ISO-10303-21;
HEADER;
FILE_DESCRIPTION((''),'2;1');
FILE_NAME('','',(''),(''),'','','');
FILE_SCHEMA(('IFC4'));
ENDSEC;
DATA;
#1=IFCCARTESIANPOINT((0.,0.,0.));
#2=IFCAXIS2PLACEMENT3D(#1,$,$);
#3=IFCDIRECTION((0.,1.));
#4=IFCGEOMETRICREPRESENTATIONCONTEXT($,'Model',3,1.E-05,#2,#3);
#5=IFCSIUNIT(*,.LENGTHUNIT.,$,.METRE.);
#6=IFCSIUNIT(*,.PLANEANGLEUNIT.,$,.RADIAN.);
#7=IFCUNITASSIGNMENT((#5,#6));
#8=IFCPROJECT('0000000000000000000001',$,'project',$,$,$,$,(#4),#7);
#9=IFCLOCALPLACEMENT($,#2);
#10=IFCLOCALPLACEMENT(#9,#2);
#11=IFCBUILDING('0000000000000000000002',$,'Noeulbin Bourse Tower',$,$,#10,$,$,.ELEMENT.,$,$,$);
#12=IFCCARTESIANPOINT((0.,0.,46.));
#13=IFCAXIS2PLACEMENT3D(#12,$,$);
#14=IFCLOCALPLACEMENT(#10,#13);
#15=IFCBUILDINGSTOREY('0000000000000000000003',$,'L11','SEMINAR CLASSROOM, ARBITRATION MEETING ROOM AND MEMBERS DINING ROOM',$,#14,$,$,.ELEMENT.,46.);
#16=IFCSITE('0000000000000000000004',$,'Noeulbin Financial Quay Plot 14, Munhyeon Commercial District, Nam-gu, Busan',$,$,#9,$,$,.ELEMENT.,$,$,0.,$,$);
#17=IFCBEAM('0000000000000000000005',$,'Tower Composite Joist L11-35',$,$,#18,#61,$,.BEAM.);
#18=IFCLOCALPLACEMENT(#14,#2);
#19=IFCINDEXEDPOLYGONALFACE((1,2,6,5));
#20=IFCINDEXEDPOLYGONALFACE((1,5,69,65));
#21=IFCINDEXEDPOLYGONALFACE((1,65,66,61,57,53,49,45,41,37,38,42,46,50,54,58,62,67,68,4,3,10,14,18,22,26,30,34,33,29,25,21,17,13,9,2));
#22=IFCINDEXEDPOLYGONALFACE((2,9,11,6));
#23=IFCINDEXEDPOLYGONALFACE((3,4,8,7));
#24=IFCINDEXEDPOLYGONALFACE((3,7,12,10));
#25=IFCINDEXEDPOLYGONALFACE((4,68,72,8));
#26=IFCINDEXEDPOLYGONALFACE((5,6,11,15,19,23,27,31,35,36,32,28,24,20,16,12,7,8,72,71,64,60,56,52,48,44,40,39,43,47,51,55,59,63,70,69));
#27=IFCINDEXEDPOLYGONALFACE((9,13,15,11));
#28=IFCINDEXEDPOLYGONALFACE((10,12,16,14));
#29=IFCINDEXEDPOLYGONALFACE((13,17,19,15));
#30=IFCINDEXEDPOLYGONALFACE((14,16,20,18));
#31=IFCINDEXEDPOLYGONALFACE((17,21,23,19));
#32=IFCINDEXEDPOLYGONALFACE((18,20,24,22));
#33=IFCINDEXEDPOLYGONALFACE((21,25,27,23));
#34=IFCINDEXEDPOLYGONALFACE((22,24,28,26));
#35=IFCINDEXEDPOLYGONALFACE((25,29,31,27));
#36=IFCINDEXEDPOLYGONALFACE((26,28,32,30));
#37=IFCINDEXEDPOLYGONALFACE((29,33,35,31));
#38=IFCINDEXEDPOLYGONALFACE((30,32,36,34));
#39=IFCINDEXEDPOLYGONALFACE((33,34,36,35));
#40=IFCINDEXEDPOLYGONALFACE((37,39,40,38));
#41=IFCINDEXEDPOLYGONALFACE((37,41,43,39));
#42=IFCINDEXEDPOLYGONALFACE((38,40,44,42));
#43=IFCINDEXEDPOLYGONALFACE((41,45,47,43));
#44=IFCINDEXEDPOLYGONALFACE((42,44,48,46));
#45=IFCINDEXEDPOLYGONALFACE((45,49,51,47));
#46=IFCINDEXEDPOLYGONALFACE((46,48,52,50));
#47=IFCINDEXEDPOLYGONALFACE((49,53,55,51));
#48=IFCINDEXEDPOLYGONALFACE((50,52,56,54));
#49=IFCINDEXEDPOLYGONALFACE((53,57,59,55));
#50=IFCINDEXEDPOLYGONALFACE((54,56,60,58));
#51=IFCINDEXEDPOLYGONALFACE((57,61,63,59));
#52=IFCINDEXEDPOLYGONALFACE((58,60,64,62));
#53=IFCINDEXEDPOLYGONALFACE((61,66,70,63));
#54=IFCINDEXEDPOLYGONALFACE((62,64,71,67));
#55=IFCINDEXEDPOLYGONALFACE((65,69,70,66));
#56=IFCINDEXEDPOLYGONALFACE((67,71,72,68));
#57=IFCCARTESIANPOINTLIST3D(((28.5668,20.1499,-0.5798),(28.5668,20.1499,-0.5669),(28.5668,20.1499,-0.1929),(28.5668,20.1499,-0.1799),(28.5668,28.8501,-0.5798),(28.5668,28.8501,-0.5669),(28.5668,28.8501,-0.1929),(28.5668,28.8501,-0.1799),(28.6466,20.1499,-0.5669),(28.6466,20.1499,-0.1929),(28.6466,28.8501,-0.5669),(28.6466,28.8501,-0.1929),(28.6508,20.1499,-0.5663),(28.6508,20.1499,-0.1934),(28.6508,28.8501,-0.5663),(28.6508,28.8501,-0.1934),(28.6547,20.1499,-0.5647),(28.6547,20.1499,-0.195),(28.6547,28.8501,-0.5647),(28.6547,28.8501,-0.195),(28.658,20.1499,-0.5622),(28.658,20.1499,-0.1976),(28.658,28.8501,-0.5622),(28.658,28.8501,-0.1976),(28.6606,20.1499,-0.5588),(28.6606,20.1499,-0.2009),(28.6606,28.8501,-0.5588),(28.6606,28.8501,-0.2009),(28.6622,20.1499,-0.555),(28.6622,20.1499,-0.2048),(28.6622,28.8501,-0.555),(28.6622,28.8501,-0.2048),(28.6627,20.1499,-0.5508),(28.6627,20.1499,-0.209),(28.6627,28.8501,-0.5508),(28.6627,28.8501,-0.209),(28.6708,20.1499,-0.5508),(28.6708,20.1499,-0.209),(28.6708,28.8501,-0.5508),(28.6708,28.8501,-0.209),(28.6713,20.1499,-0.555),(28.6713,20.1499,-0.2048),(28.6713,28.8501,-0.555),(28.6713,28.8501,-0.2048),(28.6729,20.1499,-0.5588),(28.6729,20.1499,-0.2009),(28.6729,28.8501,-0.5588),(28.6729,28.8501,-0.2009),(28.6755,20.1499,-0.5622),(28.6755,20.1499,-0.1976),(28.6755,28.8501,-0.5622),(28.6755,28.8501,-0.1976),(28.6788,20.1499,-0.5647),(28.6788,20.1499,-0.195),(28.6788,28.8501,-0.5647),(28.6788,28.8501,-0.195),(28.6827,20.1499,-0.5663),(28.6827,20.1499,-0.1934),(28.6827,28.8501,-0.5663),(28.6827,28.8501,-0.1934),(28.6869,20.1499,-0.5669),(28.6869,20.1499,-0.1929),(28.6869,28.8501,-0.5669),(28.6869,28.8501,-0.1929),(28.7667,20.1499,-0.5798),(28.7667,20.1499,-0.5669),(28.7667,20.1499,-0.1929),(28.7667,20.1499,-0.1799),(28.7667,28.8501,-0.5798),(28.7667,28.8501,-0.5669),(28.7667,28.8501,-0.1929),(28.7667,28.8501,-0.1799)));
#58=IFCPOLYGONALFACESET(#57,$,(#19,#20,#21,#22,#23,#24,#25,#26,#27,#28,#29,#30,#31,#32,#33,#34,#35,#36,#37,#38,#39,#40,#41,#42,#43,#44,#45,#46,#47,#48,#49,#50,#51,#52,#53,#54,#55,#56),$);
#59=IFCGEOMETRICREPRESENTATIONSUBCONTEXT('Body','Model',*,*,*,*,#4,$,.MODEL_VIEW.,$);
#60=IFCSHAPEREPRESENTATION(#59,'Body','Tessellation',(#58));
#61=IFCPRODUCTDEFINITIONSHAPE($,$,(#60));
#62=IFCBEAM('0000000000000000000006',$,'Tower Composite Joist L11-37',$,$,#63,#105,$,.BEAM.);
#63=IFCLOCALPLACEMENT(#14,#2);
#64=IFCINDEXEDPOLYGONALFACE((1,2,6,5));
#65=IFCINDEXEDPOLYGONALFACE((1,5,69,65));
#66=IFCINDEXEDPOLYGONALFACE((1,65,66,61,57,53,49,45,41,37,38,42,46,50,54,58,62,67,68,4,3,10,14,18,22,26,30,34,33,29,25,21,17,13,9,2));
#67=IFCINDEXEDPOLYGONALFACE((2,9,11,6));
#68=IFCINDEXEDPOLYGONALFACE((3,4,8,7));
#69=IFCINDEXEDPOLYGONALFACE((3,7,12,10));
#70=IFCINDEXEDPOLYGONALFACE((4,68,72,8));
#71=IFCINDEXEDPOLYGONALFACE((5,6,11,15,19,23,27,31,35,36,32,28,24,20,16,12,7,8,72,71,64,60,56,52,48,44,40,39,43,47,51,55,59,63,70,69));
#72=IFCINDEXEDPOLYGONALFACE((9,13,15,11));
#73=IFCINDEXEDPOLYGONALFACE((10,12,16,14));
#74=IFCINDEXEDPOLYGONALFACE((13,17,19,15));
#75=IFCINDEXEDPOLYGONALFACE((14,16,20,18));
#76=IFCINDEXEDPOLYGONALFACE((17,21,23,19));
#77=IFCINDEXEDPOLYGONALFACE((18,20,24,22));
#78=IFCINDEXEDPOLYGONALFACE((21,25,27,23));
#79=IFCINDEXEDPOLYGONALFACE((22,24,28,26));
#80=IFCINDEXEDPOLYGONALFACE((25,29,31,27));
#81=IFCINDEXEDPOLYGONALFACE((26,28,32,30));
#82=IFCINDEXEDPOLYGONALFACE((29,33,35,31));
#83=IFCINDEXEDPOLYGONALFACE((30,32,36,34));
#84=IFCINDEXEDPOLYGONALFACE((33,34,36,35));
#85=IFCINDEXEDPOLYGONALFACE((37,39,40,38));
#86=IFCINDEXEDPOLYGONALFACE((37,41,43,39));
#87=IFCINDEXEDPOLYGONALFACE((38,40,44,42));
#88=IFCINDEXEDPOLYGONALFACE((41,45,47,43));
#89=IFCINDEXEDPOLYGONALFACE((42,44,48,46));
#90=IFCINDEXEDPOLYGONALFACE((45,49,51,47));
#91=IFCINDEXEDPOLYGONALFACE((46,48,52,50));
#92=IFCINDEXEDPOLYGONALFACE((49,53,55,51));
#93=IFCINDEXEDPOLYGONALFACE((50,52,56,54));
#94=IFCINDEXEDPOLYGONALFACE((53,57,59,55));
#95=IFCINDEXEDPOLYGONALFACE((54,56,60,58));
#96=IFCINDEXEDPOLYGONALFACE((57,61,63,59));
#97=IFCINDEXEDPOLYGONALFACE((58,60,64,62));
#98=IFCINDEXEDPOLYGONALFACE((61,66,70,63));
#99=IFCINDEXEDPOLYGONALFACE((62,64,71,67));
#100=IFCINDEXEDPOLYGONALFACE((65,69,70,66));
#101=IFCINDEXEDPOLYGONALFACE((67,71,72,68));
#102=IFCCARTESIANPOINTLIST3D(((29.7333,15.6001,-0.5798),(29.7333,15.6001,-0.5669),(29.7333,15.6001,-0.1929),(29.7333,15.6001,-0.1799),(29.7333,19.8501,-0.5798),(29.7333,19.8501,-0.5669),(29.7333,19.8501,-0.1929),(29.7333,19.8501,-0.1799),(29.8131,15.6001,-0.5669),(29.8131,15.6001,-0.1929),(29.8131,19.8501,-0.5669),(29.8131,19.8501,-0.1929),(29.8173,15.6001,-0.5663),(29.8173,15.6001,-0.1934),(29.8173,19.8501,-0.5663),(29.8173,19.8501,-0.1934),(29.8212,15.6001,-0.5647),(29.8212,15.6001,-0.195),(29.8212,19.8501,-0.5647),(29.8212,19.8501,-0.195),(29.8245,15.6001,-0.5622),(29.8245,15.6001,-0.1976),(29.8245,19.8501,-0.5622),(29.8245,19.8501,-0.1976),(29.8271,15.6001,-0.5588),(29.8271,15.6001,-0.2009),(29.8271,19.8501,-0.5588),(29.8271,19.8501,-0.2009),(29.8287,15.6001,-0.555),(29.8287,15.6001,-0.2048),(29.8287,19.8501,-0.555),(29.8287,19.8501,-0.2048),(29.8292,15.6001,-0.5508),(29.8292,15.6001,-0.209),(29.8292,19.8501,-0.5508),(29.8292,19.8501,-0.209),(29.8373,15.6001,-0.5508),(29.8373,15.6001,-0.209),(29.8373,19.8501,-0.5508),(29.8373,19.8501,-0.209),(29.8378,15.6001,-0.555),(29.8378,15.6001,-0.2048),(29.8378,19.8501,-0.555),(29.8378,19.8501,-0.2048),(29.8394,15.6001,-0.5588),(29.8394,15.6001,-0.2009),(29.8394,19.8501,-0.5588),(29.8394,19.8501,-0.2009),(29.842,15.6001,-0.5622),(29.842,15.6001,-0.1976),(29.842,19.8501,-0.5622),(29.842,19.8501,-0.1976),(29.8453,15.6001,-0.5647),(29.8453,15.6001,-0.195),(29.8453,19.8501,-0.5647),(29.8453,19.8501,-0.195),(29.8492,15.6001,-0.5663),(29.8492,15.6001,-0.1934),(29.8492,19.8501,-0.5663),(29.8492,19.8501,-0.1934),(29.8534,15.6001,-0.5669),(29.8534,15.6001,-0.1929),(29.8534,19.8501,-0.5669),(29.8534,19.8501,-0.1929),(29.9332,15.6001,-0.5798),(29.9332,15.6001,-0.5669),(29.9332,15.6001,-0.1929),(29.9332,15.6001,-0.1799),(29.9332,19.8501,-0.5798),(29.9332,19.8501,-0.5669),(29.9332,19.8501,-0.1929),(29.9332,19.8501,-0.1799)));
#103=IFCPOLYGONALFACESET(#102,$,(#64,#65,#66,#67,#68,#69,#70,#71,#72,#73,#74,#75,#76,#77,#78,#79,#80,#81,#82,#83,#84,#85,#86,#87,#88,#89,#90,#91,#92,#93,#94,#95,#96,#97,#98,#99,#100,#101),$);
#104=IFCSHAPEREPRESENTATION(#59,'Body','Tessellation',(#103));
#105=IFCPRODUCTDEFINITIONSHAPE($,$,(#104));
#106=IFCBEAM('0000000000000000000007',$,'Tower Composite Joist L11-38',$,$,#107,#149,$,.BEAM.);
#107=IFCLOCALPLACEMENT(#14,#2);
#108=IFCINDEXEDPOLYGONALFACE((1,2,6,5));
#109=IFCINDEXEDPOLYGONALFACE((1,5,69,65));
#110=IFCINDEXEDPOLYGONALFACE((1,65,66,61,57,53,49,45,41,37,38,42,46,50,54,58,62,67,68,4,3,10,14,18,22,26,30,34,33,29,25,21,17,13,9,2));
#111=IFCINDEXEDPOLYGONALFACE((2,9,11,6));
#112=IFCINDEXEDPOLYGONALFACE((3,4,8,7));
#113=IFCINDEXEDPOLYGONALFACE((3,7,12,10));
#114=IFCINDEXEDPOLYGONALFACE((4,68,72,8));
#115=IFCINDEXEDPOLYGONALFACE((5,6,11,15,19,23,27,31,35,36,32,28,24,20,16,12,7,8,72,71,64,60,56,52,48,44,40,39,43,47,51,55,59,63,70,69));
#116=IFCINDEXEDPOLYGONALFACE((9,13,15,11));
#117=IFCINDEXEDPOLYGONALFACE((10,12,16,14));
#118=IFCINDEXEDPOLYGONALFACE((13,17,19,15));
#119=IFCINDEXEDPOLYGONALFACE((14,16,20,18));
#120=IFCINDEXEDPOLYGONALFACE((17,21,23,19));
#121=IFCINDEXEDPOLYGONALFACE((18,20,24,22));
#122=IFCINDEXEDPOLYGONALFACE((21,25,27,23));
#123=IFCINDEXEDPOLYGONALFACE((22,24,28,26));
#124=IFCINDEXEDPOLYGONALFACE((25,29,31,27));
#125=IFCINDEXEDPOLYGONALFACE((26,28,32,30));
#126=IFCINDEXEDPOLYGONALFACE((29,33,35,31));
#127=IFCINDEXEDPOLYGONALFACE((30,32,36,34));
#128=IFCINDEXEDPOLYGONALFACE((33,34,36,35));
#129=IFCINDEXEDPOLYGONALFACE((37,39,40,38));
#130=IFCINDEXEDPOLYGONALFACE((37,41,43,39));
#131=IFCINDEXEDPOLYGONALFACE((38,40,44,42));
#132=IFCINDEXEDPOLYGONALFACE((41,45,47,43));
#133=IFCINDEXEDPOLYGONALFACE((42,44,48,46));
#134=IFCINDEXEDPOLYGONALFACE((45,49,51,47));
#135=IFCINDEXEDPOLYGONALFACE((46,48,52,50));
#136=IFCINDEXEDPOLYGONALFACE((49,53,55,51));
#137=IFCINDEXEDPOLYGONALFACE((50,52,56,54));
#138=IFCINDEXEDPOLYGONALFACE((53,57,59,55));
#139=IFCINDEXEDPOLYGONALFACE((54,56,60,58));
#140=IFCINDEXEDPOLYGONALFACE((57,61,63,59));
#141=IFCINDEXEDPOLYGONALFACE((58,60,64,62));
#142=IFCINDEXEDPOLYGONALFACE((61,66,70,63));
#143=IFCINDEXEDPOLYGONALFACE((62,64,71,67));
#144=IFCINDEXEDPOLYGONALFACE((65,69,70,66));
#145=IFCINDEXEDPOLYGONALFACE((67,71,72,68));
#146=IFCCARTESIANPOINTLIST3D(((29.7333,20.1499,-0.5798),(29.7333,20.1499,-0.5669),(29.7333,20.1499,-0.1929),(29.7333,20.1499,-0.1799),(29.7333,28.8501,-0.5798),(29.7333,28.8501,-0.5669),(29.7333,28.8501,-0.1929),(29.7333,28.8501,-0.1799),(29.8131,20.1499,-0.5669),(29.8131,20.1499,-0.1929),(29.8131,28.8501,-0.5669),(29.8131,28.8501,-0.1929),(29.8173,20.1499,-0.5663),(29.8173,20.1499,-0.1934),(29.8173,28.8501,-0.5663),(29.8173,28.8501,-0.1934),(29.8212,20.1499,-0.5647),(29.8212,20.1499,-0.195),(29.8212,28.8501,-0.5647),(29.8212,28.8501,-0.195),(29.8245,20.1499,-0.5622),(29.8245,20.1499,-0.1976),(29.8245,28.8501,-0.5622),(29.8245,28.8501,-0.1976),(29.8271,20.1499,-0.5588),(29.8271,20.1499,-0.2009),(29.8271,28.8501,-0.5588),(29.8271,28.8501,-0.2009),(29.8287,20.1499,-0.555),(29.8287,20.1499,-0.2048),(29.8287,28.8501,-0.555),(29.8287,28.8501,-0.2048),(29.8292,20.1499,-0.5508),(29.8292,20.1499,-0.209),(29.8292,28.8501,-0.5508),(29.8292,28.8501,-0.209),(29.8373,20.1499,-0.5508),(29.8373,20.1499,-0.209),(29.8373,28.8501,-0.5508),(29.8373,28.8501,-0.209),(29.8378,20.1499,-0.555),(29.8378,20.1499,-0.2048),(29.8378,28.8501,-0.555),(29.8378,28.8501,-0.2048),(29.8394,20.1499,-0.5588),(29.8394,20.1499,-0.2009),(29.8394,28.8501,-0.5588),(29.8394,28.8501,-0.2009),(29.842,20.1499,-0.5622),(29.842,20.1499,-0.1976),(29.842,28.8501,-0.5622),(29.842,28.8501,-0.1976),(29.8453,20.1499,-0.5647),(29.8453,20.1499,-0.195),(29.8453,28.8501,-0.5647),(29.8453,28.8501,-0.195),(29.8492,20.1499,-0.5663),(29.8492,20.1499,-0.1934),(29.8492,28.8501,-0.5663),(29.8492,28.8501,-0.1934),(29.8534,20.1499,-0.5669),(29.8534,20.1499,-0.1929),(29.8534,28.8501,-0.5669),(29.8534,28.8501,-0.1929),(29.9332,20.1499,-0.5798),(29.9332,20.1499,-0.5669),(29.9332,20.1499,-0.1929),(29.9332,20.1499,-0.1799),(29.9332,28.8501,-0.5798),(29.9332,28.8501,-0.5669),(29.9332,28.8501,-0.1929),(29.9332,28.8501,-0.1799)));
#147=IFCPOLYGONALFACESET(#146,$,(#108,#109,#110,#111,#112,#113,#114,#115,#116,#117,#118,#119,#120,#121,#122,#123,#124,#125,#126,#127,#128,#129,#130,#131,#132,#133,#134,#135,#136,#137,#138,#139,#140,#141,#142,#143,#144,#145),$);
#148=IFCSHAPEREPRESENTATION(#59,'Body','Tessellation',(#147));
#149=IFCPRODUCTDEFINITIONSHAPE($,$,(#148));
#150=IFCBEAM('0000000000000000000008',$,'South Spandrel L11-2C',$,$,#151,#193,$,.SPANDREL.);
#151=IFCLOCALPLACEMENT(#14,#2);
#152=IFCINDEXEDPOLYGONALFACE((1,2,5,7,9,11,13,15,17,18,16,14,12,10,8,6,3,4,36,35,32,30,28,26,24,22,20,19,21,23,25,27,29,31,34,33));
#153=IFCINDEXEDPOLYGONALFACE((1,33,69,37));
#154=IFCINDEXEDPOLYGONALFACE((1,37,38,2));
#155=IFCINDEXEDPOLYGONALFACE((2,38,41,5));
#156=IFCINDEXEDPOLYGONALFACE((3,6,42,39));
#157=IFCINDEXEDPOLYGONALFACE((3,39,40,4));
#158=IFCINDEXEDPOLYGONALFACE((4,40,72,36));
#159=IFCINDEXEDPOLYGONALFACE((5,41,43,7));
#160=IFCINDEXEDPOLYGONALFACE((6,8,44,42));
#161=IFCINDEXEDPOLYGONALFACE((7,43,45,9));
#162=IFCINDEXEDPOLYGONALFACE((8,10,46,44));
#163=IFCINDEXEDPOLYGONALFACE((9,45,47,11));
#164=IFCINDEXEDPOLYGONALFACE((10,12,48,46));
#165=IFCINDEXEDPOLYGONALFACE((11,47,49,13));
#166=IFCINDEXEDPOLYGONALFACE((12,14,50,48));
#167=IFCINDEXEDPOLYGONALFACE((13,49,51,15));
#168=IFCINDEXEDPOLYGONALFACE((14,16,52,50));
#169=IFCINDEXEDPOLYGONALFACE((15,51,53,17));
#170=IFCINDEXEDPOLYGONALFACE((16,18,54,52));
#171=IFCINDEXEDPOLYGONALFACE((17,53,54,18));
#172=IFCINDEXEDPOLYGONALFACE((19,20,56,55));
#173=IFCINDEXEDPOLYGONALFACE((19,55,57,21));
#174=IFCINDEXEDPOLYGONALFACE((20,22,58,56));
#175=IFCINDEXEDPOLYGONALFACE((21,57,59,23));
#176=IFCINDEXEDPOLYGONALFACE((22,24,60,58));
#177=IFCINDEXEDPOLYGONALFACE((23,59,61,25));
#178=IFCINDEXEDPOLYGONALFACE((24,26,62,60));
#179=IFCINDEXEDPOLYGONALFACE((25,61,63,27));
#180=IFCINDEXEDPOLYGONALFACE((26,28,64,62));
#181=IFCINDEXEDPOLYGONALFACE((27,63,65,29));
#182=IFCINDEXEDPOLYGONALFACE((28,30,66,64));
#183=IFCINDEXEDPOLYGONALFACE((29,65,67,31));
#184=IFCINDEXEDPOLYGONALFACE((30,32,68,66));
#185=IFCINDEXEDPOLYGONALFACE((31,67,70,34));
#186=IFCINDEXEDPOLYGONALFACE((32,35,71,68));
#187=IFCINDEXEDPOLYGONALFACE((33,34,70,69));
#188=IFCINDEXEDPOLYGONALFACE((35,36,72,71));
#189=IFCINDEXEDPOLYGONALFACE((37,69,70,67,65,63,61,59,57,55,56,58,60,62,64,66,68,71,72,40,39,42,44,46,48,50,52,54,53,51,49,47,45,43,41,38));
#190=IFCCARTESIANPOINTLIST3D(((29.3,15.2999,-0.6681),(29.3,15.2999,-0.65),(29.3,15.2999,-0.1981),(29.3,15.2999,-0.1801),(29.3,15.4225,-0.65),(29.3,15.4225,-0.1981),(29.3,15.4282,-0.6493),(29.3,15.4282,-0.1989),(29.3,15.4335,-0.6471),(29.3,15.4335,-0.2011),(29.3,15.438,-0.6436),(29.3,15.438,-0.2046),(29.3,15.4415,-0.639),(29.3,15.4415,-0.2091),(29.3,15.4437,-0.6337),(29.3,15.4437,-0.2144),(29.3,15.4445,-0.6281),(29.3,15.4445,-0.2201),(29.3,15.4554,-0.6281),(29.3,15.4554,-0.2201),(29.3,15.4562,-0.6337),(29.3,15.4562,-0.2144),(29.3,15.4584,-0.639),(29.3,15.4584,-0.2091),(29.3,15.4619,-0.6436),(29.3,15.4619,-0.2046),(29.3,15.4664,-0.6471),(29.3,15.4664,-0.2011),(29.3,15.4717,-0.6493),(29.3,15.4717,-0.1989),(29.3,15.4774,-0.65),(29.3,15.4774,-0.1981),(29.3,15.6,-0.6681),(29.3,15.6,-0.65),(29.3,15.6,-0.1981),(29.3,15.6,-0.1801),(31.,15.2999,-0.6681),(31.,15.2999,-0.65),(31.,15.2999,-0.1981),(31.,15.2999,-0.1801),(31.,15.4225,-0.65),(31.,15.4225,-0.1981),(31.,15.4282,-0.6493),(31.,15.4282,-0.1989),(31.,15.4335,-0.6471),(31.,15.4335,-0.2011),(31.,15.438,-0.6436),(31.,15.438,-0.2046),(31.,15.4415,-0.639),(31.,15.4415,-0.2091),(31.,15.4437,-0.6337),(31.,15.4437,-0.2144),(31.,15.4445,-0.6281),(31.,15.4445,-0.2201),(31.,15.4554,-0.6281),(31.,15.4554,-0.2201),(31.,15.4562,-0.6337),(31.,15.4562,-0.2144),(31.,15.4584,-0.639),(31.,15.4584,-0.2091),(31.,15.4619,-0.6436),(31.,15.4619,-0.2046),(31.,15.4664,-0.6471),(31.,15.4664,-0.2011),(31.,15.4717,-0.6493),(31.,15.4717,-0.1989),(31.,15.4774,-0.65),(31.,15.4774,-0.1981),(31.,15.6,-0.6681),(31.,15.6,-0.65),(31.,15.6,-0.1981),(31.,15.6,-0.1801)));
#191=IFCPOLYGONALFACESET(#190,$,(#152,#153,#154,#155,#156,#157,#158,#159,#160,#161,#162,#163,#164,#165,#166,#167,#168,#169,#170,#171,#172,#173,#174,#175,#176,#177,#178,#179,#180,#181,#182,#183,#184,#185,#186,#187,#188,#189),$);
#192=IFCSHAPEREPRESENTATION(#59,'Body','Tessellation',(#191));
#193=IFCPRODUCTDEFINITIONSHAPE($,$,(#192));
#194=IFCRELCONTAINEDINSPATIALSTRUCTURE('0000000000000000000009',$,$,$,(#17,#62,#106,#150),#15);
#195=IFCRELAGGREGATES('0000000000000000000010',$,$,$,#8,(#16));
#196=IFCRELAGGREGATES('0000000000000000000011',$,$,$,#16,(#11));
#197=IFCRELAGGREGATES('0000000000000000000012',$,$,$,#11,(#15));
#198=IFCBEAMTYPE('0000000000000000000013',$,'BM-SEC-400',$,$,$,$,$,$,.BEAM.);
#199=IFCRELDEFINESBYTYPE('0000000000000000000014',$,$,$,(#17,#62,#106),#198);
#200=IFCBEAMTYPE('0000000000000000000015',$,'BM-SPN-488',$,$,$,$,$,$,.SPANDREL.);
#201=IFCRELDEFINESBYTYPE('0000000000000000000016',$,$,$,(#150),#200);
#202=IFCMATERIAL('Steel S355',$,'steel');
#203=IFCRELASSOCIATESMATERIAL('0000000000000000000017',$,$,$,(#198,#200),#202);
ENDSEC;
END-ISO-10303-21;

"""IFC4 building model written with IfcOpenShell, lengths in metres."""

from ifc_helpers import new_model, si_unit, direction, frame, origin, origin_2d, place, context, subcontext, project, spatial, i_section, extrude, material, material_profile, profile_set, type_object, element, save


model = new_model("IFC4")

# Units and contexts
model_context = context("Model", 3, precision=1e-05, world=origin(), true_north=direction((0.0, 1.0)))
body_context = subcontext(model_context, "Body", "Model", "MODEL_VIEW")
ifc_project = project(units=[si_unit("LENGTHUNIT", "METRE"), si_unit("PLANEANGLEUNIT", "RADIAN")], contexts=[model_context])

# Site, building, storey
site_placement = place(None, origin())
site = spatial("IfcSite", under=ifc_project, at=site_placement, Name="Noeulbin Financial Quay Plot 14, Munhyeon Commercial District, Nam-gu, Busan", CompositionType="ELEMENT", RefElevation=0.0)
building_placement = place(site_placement, origin())
building = spatial("IfcBuilding", under=site, at=building_placement, Name="Noeulbin Bourse Tower", CompositionType="ELEMENT")
storey_placement = place(building_placement, frame((0.0, 0.0, 46.0)))
storey = spatial("IfcBuildingStorey", under=building, at=storey_placement, Name="L11", Description="SEMINAR CLASSROOM, ARBITRATION MEETING ROOM AND MEMBERS DINING ROOM", CompositionType="ELEMENT", Elevation=46.0)

# Beams
ifc_material_1 = material(Name="Steel S355", Category="steel")
ifc_material_profile_1 = material_profile(ifc_material_1, i_section(OverallWidth=0.2, OverallDepth=0.3999, WebThickness=0.0081, FlangeThickness=0.0129, FilletRadius=0.0161, at=origin_2d()), Name="H-400x200x8x13", Category="LoadBearing")
ifc_profile_set_1 = profile_set([ifc_material_profile_1], Name="Steel S355")
beam_type_1 = type_object("IfcBeamType", Name="BM-SEC-400", PredefinedType="BEAM", material=ifc_profile_set_1)
beam_1_placement = place(storey_placement, frame((28.6667, 20.1499, -0.3799), z_axis=(0.0, 1.0, 0.0), x_axis=(-1.0, 0.0, 0.0)))
element("IfcBeam", 1, at=beam_1_placement, inside=storey, type_object=beam_type_1, Name="Tower Composite Joist L11-35", PredefinedType="BEAM", context=body_context, shape_type="SweptSolid", body=[
    extrude(i_section(OverallWidth=0.2, OverallDepth=0.3999, WebThickness=0.0081, FlangeThickness=0.0129, FilletRadius=0.0161, at=origin_2d()), origin(), (0.0, 0.0, 1.0), 8.7002),
])
beam_2_placement = place(storey_placement, frame((29.8333, 15.6001, -0.3799), z_axis=(0.0, 1.0, 0.0), x_axis=(-1.0, 0.0, 0.0)))
element("IfcBeam", 2, at=beam_2_placement, inside=storey, type_object=beam_type_1, Name="Tower Composite Joist L11-37", PredefinedType="BEAM", context=body_context, shape_type="SweptSolid", body=[
    extrude(i_section(OverallWidth=0.2, OverallDepth=0.3999, WebThickness=0.0081, FlangeThickness=0.0129, FilletRadius=0.0161, at=origin_2d()), origin(), (0.0, 0.0, 1.0), 4.25),
])
beam_3_placement = place(storey_placement, frame((29.8333, 20.1499, -0.3799), z_axis=(0.0, 1.0, 0.0), x_axis=(-1.0, 0.0, 0.0)))
element("IfcBeam", 3, at=beam_3_placement, inside=storey, type_object=beam_type_1, Name="Tower Composite Joist L11-38", PredefinedType="BEAM", context=body_context, shape_type="SweptSolid", body=[
    extrude(i_section(OverallWidth=0.2, OverallDepth=0.3999, WebThickness=0.0081, FlangeThickness=0.0129, FilletRadius=0.0161, at=origin_2d()), origin(), (0.0, 0.0, 1.0), 8.7002),
])
ifc_material_profile_2 = material_profile(ifc_material_1, i_section(OverallWidth=0.3, OverallDepth=0.488, WebThickness=0.011, FlangeThickness=0.0181, FilletRadius=0.022, at=origin_2d()), Name="H-488x300x11x18", Category="LoadBearing")
ifc_profile_set_2 = profile_set([ifc_material_profile_2], Name="Steel S355")
beam_type_2 = type_object("IfcBeamType", Name="BM-SPN-488", PredefinedType="SPANDREL", material=ifc_profile_set_2)
beam_4_placement = place(storey_placement, frame((29.3, 15.45, -0.4241), z_axis=(1.0, 0.0, 0.0), x_axis=(0.0, 1.0, 0.0)))
element("IfcBeam", 4, at=beam_4_placement, inside=storey, type_object=beam_type_2, Name="South Spandrel L11-2C", PredefinedType="SPANDREL", context=body_context, shape_type="SweptSolid", body=[
    extrude(i_section(OverallWidth=0.3, OverallDepth=0.488, WebThickness=0.011, FlangeThickness=0.0181, FilletRadius=0.022, at=origin_2d()), origin(), (0.0, 0.0, 1.0), 1.7),
])

save(model, "model.ifc")
